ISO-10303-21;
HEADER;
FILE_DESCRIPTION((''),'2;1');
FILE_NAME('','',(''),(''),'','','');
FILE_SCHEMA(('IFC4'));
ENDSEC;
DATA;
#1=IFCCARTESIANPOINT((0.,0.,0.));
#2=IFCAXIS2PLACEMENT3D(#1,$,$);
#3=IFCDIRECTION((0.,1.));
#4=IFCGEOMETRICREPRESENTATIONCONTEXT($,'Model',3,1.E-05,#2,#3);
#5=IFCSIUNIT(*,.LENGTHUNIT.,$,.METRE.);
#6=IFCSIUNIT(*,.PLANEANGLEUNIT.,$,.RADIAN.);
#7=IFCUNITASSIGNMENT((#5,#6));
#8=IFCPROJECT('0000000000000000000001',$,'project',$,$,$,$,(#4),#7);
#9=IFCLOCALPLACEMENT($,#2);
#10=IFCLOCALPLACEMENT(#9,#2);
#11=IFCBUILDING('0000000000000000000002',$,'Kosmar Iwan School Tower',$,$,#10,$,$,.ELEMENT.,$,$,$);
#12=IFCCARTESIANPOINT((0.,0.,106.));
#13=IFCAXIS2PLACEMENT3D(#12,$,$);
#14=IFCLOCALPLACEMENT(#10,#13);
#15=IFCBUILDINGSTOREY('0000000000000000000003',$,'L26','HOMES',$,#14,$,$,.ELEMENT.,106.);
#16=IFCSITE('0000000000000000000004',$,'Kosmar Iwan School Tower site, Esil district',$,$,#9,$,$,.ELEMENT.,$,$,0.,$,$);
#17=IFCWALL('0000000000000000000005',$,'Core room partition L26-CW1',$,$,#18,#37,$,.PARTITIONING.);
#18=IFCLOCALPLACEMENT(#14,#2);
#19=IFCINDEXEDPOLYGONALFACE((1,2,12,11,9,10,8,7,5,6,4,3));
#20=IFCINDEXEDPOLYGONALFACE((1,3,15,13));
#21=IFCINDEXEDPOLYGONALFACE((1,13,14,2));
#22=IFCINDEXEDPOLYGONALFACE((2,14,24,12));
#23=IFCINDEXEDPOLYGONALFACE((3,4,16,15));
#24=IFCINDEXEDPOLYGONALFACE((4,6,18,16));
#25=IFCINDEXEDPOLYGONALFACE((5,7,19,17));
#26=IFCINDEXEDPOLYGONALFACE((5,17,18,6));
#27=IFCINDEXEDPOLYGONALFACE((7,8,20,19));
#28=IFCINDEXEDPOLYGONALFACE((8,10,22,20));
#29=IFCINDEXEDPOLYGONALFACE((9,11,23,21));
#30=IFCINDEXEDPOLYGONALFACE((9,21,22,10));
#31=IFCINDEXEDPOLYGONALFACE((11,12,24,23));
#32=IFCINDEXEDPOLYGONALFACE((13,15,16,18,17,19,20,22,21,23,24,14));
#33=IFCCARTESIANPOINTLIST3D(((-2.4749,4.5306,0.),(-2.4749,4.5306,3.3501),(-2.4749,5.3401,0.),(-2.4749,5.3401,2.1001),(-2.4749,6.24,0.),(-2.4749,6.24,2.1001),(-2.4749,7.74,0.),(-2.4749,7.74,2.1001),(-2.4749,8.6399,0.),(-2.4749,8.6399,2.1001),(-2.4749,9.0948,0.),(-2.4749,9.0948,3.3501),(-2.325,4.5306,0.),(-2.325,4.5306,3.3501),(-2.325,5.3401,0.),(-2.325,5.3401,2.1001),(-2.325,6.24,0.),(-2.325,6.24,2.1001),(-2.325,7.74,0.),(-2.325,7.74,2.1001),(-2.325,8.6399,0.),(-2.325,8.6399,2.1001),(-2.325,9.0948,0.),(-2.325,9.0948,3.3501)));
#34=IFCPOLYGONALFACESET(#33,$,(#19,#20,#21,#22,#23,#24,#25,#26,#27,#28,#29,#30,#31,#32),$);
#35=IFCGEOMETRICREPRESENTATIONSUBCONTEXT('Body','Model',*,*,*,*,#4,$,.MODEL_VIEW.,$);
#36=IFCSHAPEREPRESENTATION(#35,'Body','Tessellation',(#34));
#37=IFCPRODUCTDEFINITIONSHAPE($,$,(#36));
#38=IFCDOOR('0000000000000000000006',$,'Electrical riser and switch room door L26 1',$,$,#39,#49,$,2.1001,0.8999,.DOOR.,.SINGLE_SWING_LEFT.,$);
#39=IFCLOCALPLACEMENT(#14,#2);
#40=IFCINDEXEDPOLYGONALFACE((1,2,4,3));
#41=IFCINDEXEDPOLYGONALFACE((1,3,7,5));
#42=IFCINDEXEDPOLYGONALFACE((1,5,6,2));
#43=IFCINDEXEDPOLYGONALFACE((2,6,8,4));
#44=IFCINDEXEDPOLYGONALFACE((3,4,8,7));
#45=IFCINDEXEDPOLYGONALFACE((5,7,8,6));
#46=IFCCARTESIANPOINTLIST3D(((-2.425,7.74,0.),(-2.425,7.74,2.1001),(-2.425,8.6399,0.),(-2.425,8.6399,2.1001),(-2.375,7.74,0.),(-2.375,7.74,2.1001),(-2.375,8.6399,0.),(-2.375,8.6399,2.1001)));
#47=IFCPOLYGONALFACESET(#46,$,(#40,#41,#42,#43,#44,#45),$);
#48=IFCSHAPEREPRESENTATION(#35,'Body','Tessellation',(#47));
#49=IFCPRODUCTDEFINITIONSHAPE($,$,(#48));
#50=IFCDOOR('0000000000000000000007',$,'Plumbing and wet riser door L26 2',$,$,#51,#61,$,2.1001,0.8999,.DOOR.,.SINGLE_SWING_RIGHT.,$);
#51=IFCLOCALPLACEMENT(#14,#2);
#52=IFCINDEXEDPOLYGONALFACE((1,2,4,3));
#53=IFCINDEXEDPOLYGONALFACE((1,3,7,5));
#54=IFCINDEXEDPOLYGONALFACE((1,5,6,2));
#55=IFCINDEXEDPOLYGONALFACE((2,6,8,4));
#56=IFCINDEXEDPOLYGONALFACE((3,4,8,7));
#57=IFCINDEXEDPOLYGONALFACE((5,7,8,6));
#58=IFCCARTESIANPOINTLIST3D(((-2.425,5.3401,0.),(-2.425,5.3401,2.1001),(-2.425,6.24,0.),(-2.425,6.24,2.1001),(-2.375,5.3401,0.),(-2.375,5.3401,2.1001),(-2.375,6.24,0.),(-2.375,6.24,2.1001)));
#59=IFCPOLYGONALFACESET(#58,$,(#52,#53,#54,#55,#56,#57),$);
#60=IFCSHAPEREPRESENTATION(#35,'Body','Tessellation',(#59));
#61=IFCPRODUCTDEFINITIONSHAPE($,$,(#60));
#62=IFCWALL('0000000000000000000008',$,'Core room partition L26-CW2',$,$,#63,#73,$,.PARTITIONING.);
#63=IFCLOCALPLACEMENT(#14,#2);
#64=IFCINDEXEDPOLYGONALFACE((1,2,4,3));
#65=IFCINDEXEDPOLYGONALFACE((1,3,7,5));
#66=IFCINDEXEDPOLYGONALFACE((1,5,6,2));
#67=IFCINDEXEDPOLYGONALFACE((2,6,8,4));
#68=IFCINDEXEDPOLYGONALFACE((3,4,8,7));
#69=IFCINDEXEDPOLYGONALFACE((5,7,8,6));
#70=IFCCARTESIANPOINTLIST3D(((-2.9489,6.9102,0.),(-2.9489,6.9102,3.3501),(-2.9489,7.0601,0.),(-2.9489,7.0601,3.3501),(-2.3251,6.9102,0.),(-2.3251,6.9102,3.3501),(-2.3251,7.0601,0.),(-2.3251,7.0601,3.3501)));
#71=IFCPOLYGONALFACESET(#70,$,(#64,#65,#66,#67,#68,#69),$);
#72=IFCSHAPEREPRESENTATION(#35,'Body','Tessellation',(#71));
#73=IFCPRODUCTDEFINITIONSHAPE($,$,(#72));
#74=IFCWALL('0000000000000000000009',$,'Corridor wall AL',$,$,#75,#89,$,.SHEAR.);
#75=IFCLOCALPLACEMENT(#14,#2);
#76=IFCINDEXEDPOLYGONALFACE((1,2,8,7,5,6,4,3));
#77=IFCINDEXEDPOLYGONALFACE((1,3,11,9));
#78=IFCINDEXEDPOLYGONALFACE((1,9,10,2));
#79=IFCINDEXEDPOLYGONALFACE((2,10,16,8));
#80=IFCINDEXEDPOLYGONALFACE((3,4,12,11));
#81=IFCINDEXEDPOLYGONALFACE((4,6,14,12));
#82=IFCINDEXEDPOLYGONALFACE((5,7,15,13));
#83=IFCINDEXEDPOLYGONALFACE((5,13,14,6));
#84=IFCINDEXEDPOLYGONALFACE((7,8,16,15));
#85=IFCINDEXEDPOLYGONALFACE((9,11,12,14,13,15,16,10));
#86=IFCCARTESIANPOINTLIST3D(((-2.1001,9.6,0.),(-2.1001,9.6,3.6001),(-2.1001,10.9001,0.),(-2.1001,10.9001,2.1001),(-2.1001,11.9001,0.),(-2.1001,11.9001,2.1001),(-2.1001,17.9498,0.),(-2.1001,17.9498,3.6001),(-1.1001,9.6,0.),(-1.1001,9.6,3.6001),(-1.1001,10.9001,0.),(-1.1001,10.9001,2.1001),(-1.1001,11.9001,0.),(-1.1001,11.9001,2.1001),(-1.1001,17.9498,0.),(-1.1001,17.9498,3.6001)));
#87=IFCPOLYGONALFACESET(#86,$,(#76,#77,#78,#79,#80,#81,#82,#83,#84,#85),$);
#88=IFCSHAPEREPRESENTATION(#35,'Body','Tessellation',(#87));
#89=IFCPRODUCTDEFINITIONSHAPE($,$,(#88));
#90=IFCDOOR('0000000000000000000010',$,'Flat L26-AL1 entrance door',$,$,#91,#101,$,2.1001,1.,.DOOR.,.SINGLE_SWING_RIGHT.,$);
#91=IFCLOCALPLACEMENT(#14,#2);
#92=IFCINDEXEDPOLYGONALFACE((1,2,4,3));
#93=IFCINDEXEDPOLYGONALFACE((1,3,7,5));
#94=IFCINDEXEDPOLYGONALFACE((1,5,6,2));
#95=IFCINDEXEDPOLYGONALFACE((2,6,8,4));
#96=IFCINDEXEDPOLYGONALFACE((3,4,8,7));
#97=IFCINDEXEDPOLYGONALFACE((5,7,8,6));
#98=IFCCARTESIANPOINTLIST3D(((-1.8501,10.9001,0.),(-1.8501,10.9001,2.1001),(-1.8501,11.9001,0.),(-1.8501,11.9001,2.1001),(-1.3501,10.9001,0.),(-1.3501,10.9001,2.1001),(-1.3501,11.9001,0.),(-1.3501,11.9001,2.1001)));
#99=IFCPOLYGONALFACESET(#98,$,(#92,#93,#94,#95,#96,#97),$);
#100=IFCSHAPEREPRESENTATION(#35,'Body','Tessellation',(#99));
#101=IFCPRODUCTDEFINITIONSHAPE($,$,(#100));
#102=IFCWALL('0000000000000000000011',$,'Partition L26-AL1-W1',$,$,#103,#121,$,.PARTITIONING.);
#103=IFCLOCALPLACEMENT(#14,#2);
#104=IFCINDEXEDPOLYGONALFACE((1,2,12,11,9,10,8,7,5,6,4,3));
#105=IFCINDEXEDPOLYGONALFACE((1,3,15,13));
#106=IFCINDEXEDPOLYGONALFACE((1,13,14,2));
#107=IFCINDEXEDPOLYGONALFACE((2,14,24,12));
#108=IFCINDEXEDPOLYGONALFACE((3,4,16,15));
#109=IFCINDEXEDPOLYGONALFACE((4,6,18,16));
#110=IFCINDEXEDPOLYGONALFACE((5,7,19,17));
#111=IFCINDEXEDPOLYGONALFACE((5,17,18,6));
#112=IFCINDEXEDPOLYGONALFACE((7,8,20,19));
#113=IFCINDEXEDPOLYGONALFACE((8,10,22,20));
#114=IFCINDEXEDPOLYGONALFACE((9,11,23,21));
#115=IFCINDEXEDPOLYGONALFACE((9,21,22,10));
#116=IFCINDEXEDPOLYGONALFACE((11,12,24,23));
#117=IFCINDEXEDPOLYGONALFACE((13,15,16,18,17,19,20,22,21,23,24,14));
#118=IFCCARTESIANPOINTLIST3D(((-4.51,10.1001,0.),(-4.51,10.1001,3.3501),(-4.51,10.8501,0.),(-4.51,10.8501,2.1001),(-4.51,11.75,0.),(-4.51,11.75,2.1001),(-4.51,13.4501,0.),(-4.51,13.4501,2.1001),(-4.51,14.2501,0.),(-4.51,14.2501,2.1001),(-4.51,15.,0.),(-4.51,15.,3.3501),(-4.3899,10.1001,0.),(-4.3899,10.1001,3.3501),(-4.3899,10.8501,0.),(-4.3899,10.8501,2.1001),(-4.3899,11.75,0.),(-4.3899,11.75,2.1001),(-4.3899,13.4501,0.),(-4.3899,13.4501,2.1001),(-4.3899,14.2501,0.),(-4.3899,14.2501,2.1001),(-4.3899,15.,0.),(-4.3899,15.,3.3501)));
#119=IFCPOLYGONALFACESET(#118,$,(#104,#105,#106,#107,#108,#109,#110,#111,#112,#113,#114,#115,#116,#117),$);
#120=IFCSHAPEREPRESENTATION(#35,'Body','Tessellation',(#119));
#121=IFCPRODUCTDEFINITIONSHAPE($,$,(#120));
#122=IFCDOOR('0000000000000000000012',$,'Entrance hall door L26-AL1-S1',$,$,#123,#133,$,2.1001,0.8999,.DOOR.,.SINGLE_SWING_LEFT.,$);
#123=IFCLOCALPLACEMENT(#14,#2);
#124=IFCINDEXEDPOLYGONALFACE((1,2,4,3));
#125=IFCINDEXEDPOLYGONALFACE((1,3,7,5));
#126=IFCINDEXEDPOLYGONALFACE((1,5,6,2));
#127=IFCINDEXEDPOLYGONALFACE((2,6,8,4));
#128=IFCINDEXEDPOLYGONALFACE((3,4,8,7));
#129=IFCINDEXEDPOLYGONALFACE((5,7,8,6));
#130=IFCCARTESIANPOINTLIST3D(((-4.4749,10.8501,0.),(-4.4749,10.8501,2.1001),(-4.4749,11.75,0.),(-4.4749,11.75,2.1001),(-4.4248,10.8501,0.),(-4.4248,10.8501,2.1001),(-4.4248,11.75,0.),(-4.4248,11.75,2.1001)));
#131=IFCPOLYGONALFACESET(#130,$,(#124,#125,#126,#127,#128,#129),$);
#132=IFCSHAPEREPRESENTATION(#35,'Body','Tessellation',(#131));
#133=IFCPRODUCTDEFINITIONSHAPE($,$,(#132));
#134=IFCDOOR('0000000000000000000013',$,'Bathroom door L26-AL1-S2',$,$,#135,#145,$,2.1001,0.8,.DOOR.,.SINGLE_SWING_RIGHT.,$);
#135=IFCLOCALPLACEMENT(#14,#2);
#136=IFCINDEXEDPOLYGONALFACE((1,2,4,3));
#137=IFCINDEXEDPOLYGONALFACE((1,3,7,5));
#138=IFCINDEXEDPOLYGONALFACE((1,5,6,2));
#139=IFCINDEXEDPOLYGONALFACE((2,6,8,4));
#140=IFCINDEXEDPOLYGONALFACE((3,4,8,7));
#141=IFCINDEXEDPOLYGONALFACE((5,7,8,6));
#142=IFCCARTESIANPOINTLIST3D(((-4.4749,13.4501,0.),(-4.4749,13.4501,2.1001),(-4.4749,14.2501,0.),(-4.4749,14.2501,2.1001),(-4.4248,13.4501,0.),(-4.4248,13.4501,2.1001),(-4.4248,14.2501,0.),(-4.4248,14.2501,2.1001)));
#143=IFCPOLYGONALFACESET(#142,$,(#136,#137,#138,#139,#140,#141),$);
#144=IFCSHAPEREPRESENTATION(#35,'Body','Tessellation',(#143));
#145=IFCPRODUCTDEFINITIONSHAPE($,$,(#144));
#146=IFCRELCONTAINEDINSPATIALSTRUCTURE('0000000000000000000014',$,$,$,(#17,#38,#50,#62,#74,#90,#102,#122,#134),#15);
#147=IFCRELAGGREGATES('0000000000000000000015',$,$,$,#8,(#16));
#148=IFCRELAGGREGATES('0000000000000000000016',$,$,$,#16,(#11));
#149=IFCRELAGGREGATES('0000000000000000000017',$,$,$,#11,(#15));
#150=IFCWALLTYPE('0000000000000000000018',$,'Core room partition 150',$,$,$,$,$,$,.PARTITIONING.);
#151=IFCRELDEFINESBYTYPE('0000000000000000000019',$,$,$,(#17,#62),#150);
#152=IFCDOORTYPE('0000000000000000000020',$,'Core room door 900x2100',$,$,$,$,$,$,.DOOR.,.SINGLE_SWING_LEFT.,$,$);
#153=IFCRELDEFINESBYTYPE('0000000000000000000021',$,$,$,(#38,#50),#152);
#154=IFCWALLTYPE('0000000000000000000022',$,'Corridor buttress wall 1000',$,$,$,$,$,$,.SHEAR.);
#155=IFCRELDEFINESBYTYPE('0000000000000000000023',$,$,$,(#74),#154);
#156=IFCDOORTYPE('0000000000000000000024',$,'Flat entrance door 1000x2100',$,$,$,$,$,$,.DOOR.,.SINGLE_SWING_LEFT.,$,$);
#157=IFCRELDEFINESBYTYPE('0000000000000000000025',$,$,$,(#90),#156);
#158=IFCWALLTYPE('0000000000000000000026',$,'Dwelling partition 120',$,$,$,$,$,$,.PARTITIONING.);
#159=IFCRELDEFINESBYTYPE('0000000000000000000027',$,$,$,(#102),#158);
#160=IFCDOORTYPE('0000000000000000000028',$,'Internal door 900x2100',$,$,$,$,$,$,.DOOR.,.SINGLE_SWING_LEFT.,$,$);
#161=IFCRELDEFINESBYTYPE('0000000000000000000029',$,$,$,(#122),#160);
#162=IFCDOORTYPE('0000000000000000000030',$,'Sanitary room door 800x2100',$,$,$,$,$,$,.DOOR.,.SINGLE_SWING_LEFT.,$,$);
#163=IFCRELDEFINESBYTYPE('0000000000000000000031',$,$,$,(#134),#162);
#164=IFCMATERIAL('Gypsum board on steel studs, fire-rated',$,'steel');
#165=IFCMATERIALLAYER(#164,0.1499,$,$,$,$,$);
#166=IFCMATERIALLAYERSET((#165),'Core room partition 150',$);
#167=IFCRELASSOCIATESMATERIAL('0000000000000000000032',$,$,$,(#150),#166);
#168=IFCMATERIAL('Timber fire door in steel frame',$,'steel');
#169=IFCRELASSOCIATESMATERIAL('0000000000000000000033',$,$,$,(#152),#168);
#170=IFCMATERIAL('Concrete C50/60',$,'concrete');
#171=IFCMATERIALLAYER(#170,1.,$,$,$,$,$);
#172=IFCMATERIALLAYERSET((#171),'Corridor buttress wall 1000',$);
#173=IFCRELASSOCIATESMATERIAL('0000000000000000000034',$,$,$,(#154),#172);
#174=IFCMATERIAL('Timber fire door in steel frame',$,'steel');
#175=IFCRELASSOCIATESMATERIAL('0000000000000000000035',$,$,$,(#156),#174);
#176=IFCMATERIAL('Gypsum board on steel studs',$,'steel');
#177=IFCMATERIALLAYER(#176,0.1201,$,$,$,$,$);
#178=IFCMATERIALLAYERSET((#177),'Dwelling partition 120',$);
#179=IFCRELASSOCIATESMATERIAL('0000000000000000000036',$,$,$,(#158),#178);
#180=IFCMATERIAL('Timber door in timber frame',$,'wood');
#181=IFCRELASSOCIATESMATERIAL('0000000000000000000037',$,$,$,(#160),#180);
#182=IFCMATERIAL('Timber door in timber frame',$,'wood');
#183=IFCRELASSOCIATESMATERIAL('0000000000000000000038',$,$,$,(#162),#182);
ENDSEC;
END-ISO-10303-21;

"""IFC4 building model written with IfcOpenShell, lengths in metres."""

from ifc_helpers import new_model, si_unit, direction, frame, frame_2d, origin, place, context, subcontext, project, spatial, rectangle, extrude, material, layer, layer_set, type_object, element, fill, save


model = new_model("IFC4")

# Units and contexts
model_context = context("Model", 3, precision=1e-05, world=origin(), true_north=direction((0.0, 1.0)))
body_context = subcontext(model_context, "Body", "Model", "MODEL_VIEW")
ifc_project = project(units=[si_unit("LENGTHUNIT", "METRE"), si_unit("PLANEANGLEUNIT", "RADIAN")], contexts=[model_context])

# Site, building, storey
site_placement = place(None, origin())
site = spatial("IfcSite", under=ifc_project, at=site_placement, Name="Kosmar Iwan School Tower site, Esil district", CompositionType="ELEMENT", RefElevation=0.0)
building_placement = place(site_placement, origin())
building = spatial("IfcBuilding", under=site, at=building_placement, Name="Kosmar Iwan School Tower", CompositionType="ELEMENT")
storey_placement = place(building_placement, frame((0.0, 0.0, 106.0)))
storey = spatial("IfcBuildingStorey", under=building, at=storey_placement, Name="L26", Description="HOMES", CompositionType="ELEMENT", Elevation=106.0)

# Wall, openings, doors
ifc_material_1 = material(Name="Gypsum board on steel studs, fire-rated", Category="steel")
ifc_layer_1 = layer(ifc_material_1, 0.1499)
ifc_layer_set_1 = layer_set([ifc_layer_1], Name="Core room partition 150")
wall_type_1 = type_object("IfcWallType", Name="Core room partition 150", PredefinedType="PARTITIONING", material=ifc_layer_set_1)
wall_1_placement = place(storey_placement, frame((-2.3999, 9.095, 0.0), z_axis=(0.0, 0.0, 1.0), x_axis=(0.0, -1.0, 0.0)))
wall_1 = element("IfcWall", 1, at=wall_1_placement, inside=storey, type_object=wall_type_1, Name="Core room partition L26-CW1", PredefinedType="PARTITIONING", context=body_context, shape_type="SweptSolid", body=[
    extrude(rectangle(XDim=4.5642, YDim=0.1499, at=frame_2d((2.2822, 0.0))), origin(), (0.0, 0.0, 1.0), 3.3501),
])
opening_1_placement = place(wall_1_placement, frame((0.4551, 0.0, 0.0)))
opening_1 = element("IfcOpeningElement", 2, at=opening_1_placement, cuts=wall_1, PredefinedType="OPENING", context=body_context, shape_type="SweptSolid", body=[
    extrude(rectangle(XDim=0.8999, YDim=2.1001, at=frame_2d((0.45, 1.05))), frame((0.0, 0.0869, 0.0), z_axis=(0.0, -1.0, 0.0), x_axis=(1.0, 0.0, 0.0)), (0.0, 0.0, 1.0), 0.1738),
])
opening_2_placement = place(wall_1_placement, frame((2.855, 0.0, 0.0)))
opening_2 = element("IfcOpeningElement", 3, at=opening_2_placement, cuts=wall_1, PredefinedType="OPENING", context=body_context, shape_type="SweptSolid", body=[
    extrude(rectangle(XDim=0.8999, YDim=2.1001, at=frame_2d((0.45, 1.05))), frame((0.0, 0.0869, 0.0), z_axis=(0.0, -1.0, 0.0), x_axis=(1.0, 0.0, 0.0)), (0.0, 0.0, 1.0), 0.1738),
])
ifc_material_2 = material(Name="Timber fire door in steel frame", Category="steel")
door_type_1 = type_object("IfcDoorType", Name="Core room door 900x2100", OperationType="SINGLE_SWING_LEFT", PredefinedType="DOOR", material=ifc_material_2)
door_1_placement = place(opening_1_placement, origin())
door_1 = element("IfcDoor", 4, at=door_1_placement, inside=storey, type_object=door_type_1, Name="Electrical riser and switch room door L26 1", OperationType="SINGLE_SWING_LEFT", OverallHeight=2.1001, OverallWidth=0.8999, PredefinedType="DOOR", context=body_context, shape_type="SweptSolid", body=[
    extrude(rectangle(XDim=0.8999, YDim=2.1001, at=frame_2d((0.45, 1.05))), frame((0.0, 0.0249, 0.0), z_axis=(0.0, -1.0, 0.0), x_axis=(1.0, 0.0, 0.0)), (0.0, 0.0, 1.0), 0.05),
])
fill(opening_1, door_1)
door_2_placement = place(opening_2_placement, origin())
door_2 = element("IfcDoor", 5, at=door_2_placement, inside=storey, type_object=door_type_1, Name="Plumbing and wet riser door L26 2", OperationType="SINGLE_SWING_RIGHT", OverallHeight=2.1001, OverallWidth=0.8999, PredefinedType="DOOR", context=body_context, shape_type="SweptSolid", body=[
    extrude(rectangle(XDim=0.8999, YDim=2.1001, at=frame_2d((0.45, 1.05))), frame((0.0, 0.0249, 0.0), z_axis=(0.0, -1.0, 0.0), x_axis=(1.0, 0.0, 0.0)), (0.0, 0.0, 1.0), 0.05),
])
fill(opening_2, door_2)

# Wall
wall_2_placement = place(storey_placement, frame((-2.325, 6.9851, 0.0), z_axis=(0.0, 0.0, 1.0), x_axis=(-1.0, 0.0, 0.0)))
element("IfcWall", 6, at=wall_2_placement, inside=storey, type_object=wall_type_1, Name="Core room partition L26-CW2", PredefinedType="PARTITIONING", context=body_context, shape_type="SweptSolid", body=[
    extrude(rectangle(XDim=0.6238, YDim=0.1499, at=frame_2d((0.312, 0.0))), origin(), (0.0, 0.0, 1.0), 3.3501),
])

# Wall, opening, door
ifc_material_3 = material(Name="Concrete C50/60", Category="concrete")
ifc_layer_2 = layer(ifc_material_3, 1.0)
ifc_layer_set_2 = layer_set([ifc_layer_2], Name="Corridor buttress wall 1000")
wall_type_2 = type_object("IfcWallType", Name="Corridor buttress wall 1000", PredefinedType="SHEAR", material=ifc_layer_set_2)
wall_3_placement = place(storey_placement, frame((-1.6001, 9.6001, 0.0), z_axis=(0.0, 0.0, 1.0), x_axis=(0.0, 1.0, 0.0)))
wall_3 = element("IfcWall", 7, at=wall_3_placement, inside=storey, type_object=wall_type_2, Name="Corridor wall AL", PredefinedType="SHEAR", context=body_context, shape_type="SweptSolid", body=[
    extrude(rectangle(XDim=8.3499, YDim=1.0, at=frame_2d((4.1748, 0.0))), origin(), (0.0, 0.0, 1.0), 3.6001),
])
opening_3_placement = place(wall_3_placement, frame((1.3, 0.0, 0.0)))
opening_3 = element("IfcOpeningElement", 8, at=opening_3_placement, cuts=wall_3, PredefinedType="OPENING", context=body_context, shape_type="SweptSolid", body=[
    extrude(rectangle(XDim=1.0, YDim=2.1001, at=frame_2d((0.5, 1.05))), frame((0.0, 0.512, 0.0), z_axis=(0.0, -1.0, 0.0), x_axis=(1.0, 0.0, 0.0)), (0.0, 0.0, 1.0), 1.0239),
])
ifc_material_4 = material(Name="Timber fire door in steel frame", Category="steel")
door_type_2 = type_object("IfcDoorType", Name="Flat entrance door 1000x2100", OperationType="SINGLE_SWING_LEFT", PredefinedType="DOOR", material=ifc_material_4)
door_3_placement = place(opening_3_placement, origin())
door_3 = element("IfcDoor", 9, at=door_3_placement, inside=storey, type_object=door_type_2, Name="Flat L26-AL1 entrance door", OperationType="SINGLE_SWING_RIGHT", OverallHeight=2.1001, OverallWidth=1.0, PredefinedType="DOOR", context=body_context, shape_type="SweptSolid", body=[
    extrude(rectangle(XDim=1.0, YDim=2.1001, at=frame_2d((0.5, 1.05))), frame((0.0, 0.25, 0.0), z_axis=(0.0, -1.0, 0.0), x_axis=(1.0, 0.0, 0.0)), (0.0, 0.0, 1.0), 0.5),
])
fill(opening_3, door_3)

# Wall, openings, doors
ifc_material_5 = material(Name="Gypsum board on steel studs", Category="steel")
ifc_layer_3 = layer(ifc_material_5, 0.1201)
ifc_layer_set_3 = layer_set([ifc_layer_3], Name="Dwelling partition 120")
wall_type_3 = type_object("IfcWallType", Name="Dwelling partition 120", PredefinedType="PARTITIONING", material=ifc_layer_set_3)
wall_4_placement = place(storey_placement, frame((-4.45, 10.1001, 0.0), z_axis=(0.0, 0.0, 1.0), x_axis=(0.0, 1.0, 0.0)))
wall_4 = element("IfcWall", 10, at=wall_4_placement, inside=storey, type_object=wall_type_3, Name="Partition L26-AL1-W1", PredefinedType="PARTITIONING", context=body_context, shape_type="SweptSolid", body=[
    extrude(rectangle(XDim=4.8999, YDim=0.1201, at=frame_2d((2.45, 0.0))), origin(), (0.0, 0.0, 1.0), 3.3501),
])
opening_4_placement = place(wall_4_placement, frame((0.75, 0.0, 0.0)))
opening_4 = element("IfcOpeningElement", 11, at=opening_4_placement, cuts=wall_4, PredefinedType="OPENING", context=body_context, shape_type="SweptSolid", body=[
    extrude(rectangle(XDim=0.8999, YDim=2.1001, at=frame_2d((0.45, 1.05))), frame((0.0, 0.072, 0.0), z_axis=(0.0, -1.0, 0.0), x_axis=(1.0, 0.0, 0.0)), (0.0, 0.0, 1.0), 0.144),
])
opening_5_placement = place(wall_4_placement, frame((3.3501, 0.0, 0.0)))
opening_5 = element("IfcOpeningElement", 12, at=opening_5_placement, cuts=wall_4, PredefinedType="OPENING", context=body_context, shape_type="SweptSolid", body=[
    extrude(rectangle(XDim=0.8, YDim=2.1001, at=frame_2d((0.3999, 1.05))), frame((0.0, 0.072, 0.0), z_axis=(0.0, -1.0, 0.0), x_axis=(1.0, 0.0, 0.0)), (0.0, 0.0, 1.0), 0.144),
])
ifc_material_6 = material(Name="Timber door in timber frame", Category="wood")
door_type_3 = type_object("IfcDoorType", Name="Internal door 900x2100", OperationType="SINGLE_SWING_LEFT", PredefinedType="DOOR", material=ifc_material_6)
door_4_placement = place(opening_4_placement, origin())
door_4 = element("IfcDoor", 13, at=door_4_placement, inside=storey, type_object=door_type_3, Name="Entrance hall door L26-AL1-S1", OperationType="SINGLE_SWING_LEFT", OverallHeight=2.1001, OverallWidth=0.8999, PredefinedType="DOOR", context=body_context, shape_type="SweptSolid", body=[
    extrude(rectangle(XDim=0.8999, YDim=2.1001, at=frame_2d((0.45, 1.05))), frame((0.0, 0.0249, 0.0), z_axis=(0.0, -1.0, 0.0), x_axis=(1.0, 0.0, 0.0)), (0.0, 0.0, 1.0), 0.05),
])
fill(opening_4, door_4)
ifc_material_7 = material(Name="Timber door in timber frame", Category="wood")
door_type_4 = type_object("IfcDoorType", Name="Sanitary room door 800x2100", OperationType="SINGLE_SWING_LEFT", PredefinedType="DOOR", material=ifc_material_7)
door_5_placement = place(opening_5_placement, origin())
door_5 = element("IfcDoor", 14, at=door_5_placement, inside=storey, type_object=door_type_4, Name="Bathroom door L26-AL1-S2", OperationType="SINGLE_SWING_RIGHT", OverallHeight=2.1001, OverallWidth=0.8, PredefinedType="DOOR", context=body_context, shape_type="SweptSolid", body=[
    extrude(rectangle(XDim=0.8, YDim=2.1001, at=frame_2d((0.3999, 1.05))), frame((0.0, 0.0249, 0.0), z_axis=(0.0, -1.0, 0.0), x_axis=(1.0, 0.0, 0.0)), (0.0, 0.0, 1.0), 0.05),
])
fill(opening_5, door_5)

save(model, "model.ifc")
